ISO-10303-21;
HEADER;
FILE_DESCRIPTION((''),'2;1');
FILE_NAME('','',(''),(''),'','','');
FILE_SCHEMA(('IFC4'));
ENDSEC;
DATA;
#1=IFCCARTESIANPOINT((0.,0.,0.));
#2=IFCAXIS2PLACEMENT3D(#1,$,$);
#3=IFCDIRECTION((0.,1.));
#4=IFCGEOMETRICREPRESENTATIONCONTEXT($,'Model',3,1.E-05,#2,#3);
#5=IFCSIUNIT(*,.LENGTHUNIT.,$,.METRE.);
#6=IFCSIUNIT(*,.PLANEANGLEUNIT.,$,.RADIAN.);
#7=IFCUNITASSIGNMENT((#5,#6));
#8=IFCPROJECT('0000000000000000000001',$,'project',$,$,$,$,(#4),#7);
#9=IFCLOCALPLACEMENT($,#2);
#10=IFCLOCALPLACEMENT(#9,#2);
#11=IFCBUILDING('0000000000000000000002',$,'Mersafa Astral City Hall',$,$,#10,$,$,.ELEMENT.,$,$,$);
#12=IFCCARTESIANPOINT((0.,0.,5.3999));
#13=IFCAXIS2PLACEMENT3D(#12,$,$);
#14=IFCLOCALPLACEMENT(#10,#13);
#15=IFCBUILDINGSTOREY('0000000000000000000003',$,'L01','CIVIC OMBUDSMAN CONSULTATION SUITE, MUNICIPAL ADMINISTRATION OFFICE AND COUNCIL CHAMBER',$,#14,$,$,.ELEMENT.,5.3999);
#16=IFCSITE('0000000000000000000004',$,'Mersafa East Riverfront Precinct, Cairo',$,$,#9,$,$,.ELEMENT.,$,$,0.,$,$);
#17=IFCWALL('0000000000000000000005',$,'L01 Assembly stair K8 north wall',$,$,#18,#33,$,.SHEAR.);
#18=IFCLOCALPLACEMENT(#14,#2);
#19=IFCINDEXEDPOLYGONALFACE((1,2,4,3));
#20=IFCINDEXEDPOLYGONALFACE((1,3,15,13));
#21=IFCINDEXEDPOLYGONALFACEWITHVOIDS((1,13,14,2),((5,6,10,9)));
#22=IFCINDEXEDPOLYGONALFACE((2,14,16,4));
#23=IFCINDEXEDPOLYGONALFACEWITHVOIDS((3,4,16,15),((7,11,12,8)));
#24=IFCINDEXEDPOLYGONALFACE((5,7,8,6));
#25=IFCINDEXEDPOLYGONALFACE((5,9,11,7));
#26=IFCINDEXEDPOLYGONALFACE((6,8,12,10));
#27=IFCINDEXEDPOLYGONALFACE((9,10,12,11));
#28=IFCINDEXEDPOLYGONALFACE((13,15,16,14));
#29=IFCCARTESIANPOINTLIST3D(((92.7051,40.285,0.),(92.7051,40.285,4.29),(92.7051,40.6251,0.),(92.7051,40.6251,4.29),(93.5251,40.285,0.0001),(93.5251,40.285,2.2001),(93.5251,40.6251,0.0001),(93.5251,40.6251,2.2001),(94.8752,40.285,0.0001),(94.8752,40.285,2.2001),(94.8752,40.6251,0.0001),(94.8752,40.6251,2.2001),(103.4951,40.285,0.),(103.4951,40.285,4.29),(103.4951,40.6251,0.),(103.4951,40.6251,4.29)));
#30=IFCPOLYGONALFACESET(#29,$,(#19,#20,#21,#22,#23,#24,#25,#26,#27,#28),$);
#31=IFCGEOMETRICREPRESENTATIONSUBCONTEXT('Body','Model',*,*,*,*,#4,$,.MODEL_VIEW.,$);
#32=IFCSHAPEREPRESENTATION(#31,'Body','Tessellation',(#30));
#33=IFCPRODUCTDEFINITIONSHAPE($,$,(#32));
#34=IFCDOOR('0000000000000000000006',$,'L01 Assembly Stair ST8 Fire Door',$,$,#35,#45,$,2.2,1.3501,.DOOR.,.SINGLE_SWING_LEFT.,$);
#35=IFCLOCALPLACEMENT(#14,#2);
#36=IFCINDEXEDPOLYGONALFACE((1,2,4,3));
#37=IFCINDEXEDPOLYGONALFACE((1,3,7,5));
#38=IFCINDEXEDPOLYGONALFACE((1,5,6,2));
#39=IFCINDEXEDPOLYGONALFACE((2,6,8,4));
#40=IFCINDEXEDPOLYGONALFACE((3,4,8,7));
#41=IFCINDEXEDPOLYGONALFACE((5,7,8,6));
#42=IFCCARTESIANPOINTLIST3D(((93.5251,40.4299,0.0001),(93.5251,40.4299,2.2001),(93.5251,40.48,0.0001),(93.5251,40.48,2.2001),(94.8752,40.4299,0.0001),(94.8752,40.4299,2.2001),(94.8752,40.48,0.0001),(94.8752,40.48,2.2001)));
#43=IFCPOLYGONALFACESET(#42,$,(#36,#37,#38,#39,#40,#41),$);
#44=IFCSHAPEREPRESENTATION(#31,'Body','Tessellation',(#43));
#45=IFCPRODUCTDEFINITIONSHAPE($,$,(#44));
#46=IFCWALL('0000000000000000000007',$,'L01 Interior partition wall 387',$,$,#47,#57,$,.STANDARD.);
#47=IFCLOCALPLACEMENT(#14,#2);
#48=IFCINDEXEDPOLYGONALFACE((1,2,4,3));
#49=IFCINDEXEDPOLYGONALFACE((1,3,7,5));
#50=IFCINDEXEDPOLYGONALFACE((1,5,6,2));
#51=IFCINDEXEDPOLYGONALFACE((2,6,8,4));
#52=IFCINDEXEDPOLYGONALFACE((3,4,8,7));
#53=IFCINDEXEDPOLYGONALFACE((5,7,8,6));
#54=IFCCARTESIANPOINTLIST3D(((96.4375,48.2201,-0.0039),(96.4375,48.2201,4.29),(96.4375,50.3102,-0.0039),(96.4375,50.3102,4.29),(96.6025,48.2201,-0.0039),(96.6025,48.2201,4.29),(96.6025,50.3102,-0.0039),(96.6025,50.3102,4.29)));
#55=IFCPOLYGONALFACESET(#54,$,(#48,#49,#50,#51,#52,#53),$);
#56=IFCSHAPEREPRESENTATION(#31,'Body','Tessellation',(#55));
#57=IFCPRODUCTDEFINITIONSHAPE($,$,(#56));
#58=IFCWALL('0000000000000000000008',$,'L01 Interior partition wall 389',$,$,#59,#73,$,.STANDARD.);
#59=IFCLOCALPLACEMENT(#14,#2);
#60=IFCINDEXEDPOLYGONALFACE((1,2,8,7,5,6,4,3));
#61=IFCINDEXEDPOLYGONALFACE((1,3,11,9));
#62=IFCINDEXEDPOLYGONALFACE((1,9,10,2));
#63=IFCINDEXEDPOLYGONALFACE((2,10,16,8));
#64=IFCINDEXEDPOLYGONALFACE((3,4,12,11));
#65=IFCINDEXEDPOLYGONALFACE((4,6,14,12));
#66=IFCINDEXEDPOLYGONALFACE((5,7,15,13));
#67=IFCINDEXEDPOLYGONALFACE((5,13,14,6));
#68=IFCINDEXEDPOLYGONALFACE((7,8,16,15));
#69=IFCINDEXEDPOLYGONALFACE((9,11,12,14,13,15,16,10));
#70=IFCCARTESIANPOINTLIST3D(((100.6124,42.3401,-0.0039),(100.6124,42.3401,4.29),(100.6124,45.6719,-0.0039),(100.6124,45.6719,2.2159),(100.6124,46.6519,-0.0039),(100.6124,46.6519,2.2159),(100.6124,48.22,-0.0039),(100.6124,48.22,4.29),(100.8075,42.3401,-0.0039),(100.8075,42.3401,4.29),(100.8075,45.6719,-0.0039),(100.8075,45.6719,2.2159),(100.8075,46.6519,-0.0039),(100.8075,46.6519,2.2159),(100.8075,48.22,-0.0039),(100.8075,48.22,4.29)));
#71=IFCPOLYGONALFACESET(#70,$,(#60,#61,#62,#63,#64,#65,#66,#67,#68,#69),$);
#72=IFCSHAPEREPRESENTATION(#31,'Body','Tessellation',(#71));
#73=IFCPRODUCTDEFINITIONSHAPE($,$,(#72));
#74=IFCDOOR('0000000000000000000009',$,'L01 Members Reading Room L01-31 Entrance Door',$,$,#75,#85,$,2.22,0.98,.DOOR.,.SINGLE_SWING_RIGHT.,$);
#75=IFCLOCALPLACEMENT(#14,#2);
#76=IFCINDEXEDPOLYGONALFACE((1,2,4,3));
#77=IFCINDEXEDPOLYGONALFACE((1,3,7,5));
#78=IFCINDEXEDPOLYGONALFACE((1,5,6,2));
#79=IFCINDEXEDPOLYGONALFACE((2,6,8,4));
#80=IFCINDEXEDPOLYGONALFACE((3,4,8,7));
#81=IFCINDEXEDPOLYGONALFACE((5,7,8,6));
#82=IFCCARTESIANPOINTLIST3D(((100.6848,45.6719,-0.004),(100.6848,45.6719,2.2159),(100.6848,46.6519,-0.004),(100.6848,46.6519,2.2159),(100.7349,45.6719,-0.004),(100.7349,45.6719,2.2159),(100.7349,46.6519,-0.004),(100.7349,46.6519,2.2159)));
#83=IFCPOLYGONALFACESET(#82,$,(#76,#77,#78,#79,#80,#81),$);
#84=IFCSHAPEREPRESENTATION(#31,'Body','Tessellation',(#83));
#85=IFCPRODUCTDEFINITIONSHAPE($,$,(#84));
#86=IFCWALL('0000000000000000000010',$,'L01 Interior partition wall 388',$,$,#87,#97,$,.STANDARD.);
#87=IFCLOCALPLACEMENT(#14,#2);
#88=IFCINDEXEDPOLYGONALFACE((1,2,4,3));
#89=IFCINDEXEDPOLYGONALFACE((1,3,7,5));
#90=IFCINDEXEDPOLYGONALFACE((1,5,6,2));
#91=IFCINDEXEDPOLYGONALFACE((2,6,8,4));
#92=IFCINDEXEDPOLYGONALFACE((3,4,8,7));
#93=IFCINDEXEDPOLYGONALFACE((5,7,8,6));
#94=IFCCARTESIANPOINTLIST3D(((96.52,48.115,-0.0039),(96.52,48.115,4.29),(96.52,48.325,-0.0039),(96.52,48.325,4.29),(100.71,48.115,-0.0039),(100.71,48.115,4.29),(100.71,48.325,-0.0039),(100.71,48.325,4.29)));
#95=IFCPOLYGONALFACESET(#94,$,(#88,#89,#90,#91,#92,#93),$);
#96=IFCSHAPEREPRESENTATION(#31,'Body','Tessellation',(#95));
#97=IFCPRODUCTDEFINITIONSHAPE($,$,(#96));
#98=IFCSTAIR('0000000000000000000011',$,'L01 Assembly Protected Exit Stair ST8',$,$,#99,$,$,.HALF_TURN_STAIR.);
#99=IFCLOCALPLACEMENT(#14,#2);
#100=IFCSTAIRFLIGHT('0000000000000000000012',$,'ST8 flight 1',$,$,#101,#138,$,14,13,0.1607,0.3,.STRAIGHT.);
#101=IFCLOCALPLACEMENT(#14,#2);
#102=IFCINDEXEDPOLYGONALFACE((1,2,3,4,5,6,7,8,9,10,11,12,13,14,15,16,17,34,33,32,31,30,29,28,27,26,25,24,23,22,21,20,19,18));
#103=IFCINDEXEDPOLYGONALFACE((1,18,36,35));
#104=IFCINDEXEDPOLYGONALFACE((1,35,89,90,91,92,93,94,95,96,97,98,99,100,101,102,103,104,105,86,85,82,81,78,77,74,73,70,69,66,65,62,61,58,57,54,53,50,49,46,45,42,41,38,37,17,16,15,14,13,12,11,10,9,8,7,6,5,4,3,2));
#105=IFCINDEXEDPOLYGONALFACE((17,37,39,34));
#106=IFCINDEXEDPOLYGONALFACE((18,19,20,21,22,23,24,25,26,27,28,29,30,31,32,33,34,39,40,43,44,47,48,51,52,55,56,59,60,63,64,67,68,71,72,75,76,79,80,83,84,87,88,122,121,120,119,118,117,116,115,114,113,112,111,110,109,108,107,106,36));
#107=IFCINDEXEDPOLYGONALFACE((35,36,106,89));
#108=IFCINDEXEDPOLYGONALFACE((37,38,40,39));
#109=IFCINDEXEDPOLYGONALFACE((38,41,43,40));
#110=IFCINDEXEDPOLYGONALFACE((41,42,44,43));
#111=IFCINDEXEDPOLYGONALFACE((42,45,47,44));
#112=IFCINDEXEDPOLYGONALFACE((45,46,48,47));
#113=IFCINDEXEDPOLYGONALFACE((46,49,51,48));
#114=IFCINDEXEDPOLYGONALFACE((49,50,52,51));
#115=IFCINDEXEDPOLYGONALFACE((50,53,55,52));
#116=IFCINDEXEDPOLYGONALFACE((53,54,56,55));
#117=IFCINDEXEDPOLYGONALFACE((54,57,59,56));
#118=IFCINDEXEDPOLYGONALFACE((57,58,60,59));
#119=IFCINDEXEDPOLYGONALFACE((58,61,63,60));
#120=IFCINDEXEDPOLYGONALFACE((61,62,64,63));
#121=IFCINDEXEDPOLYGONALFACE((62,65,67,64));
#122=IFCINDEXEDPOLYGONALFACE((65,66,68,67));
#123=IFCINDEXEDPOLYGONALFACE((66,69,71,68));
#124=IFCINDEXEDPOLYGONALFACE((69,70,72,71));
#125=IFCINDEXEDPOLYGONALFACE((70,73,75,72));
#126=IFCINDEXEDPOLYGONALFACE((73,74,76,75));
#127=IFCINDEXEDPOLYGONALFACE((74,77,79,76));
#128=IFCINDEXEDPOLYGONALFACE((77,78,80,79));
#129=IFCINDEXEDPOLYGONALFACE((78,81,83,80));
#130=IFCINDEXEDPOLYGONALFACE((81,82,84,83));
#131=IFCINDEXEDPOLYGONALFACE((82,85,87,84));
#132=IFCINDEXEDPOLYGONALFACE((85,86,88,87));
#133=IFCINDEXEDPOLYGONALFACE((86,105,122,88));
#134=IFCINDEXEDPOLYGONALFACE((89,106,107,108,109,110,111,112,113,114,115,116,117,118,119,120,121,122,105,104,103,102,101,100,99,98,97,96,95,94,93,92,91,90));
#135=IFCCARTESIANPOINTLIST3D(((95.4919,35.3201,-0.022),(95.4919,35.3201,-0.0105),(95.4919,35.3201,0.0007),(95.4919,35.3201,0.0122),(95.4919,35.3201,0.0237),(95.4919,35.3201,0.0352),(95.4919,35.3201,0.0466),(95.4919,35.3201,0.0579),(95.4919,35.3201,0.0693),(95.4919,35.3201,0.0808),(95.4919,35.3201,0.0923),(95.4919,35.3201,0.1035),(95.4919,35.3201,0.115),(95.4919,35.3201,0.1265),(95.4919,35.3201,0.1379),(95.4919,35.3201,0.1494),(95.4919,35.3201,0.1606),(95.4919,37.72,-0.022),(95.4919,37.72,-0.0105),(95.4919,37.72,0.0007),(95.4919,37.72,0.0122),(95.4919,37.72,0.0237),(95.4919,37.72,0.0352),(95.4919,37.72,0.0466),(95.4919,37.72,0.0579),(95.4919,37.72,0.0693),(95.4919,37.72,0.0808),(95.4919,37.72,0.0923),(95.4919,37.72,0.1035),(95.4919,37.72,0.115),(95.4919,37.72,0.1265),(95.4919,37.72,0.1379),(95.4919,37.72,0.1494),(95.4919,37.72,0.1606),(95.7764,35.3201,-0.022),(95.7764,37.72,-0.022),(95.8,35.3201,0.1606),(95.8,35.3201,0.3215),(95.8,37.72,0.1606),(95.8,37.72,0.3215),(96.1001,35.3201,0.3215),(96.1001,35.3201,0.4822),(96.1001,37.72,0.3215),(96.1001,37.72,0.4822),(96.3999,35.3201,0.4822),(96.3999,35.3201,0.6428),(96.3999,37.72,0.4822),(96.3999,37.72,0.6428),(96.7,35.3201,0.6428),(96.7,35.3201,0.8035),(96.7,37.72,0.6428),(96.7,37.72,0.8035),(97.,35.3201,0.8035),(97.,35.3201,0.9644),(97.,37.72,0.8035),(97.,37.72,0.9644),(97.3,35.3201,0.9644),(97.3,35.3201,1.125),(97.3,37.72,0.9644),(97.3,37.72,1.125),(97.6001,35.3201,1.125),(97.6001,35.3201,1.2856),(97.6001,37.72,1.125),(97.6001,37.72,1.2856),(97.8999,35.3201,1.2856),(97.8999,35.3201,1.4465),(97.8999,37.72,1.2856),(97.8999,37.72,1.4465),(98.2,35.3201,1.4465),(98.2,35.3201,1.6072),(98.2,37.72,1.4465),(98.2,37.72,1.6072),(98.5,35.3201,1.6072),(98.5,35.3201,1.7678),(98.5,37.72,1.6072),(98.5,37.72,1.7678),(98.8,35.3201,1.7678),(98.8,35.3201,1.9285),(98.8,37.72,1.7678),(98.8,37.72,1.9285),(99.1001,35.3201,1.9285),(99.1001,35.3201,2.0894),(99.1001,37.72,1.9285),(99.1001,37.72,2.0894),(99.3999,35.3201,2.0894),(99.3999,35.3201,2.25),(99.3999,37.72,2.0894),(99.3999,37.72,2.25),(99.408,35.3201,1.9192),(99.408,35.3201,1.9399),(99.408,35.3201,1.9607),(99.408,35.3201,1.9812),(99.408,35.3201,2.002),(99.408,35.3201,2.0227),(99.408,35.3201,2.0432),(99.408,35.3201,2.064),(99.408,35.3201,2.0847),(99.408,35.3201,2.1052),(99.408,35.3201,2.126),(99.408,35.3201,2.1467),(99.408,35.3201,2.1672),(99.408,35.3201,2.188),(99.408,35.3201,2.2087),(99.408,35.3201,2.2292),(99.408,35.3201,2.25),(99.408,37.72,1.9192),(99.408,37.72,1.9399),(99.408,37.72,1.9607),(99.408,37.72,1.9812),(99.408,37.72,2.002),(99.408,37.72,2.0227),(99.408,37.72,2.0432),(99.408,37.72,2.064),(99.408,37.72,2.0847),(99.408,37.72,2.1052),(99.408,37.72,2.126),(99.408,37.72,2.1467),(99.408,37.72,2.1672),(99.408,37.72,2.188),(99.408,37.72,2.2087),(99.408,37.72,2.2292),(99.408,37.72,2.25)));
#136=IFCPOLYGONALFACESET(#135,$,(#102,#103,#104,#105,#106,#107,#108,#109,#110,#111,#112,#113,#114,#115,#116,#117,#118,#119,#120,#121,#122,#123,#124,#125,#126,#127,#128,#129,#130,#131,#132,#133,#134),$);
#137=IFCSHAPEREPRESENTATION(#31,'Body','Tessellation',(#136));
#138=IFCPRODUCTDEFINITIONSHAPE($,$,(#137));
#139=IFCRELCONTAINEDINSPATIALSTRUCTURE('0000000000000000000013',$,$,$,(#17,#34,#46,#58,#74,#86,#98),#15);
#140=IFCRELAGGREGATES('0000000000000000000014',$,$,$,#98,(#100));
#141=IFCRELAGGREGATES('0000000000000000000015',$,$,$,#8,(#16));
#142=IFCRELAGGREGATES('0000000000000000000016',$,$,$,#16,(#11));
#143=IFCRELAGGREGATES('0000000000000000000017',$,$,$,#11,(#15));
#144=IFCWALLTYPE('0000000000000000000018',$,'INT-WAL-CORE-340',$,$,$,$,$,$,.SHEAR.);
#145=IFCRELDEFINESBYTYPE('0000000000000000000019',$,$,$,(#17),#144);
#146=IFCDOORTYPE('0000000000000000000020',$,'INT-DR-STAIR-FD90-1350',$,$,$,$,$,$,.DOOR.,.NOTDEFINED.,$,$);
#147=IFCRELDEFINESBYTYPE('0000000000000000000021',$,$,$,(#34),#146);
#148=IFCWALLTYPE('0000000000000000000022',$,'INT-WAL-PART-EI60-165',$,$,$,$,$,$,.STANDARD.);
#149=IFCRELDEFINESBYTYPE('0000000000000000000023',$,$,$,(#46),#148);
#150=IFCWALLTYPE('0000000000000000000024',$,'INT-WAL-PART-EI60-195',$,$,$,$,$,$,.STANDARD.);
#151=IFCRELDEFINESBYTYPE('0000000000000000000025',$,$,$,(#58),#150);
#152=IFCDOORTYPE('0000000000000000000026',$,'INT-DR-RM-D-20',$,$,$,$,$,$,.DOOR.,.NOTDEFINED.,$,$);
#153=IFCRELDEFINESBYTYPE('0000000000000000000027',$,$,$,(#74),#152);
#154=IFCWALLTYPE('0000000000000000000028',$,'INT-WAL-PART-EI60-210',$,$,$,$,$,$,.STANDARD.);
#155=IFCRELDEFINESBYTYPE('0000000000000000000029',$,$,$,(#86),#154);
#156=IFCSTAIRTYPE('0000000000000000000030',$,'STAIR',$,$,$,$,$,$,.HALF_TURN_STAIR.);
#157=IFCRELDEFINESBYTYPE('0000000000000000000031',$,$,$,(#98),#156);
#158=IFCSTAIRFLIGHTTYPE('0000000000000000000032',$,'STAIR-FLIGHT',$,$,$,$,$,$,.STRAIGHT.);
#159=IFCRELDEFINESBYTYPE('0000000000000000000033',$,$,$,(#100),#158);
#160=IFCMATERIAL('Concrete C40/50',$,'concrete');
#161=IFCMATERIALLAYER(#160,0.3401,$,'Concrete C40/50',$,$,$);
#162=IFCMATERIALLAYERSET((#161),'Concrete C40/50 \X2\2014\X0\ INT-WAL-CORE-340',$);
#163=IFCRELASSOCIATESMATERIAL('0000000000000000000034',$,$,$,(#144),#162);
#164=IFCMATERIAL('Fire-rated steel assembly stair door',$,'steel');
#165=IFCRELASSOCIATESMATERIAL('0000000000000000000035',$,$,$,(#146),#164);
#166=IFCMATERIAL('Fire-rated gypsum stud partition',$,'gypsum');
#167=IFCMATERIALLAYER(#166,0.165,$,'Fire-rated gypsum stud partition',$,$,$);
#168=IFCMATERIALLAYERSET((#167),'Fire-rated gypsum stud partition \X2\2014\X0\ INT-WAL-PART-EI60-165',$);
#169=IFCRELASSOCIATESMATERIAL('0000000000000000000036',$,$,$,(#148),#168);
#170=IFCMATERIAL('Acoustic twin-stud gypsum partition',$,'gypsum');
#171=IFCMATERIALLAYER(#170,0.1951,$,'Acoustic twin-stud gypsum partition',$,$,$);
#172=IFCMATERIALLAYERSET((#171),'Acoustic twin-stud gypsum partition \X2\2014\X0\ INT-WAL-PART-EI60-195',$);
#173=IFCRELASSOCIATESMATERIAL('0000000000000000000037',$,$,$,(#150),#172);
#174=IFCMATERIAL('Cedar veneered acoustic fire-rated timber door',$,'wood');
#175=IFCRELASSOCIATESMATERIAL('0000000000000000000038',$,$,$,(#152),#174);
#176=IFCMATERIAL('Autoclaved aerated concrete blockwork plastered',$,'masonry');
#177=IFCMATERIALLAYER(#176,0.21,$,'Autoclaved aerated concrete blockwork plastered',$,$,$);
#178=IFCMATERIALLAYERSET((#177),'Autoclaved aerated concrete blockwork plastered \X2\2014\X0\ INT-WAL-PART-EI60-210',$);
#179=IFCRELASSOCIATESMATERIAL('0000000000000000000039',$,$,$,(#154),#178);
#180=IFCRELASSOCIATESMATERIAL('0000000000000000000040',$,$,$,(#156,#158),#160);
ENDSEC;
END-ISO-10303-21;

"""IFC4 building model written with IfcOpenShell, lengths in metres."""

from ifc_helpers import new_model, si_unit, direction, frame, frame_2d, origin, place, context, subcontext, project, spatial, polyline, rectangle, outline, extrude, material, layer, layer_set, type_object, element, fill, aggregate, save


model = new_model("IFC4")

# Units and contexts
model_context = context("Model", 3, precision=1e-05, world=origin(), true_north=direction((0.0, 1.0)))
body_context = subcontext(model_context, "Body", "Model", "MODEL_VIEW")
ifc_project = project(units=[si_unit("LENGTHUNIT", "METRE"), si_unit("PLANEANGLEUNIT", "RADIAN")], contexts=[model_context])

# Site, building, storey
site_placement = place(None, origin())
site = spatial("IfcSite", under=ifc_project, at=site_placement, Name="Mersafa East Riverfront Precinct, Cairo", CompositionType="ELEMENT", RefElevation=0.0)
building_placement = place(site_placement, origin())
building = spatial("IfcBuilding", under=site, at=building_placement, Name="Mersafa Astral City Hall", CompositionType="ELEMENT")
storey_placement = place(building_placement, frame((0.0, 0.0, 5.3999)))
storey = spatial("IfcBuildingStorey", under=building, at=storey_placement, Name="L01", Description="CIVIC OMBUDSMAN CONSULTATION SUITE, MUNICIPAL ADMINISTRATION OFFICE AND COUNCIL CHAMBER", CompositionType="ELEMENT", Elevation=5.3999)

# Wall, opening, door
ifc_material_1 = material(Name="Concrete C40/50", Category="concrete")
ifc_layer_1 = layer(ifc_material_1, 0.3401, Name="Concrete C40/50")
ifc_layer_set_1 = layer_set([ifc_layer_1], Name="Concrete C40/50 — INT-WAL-CORE-340")
wall_type_1 = type_object("IfcWallType", Name="INT-WAL-CORE-340", PredefinedType="SHEAR", material=ifc_layer_set_1)
wall_1_placement = place(storey_placement, frame((92.7051, 40.4551, 0.0), z_axis=(0.0, 0.0, 1.0), x_axis=(1.0, 0.0, 0.0)))
wall_1 = element("IfcWall", 1, at=wall_1_placement, inside=storey, type_object=wall_type_1, Name="L01 Assembly stair K8 north wall", PredefinedType="SHEAR", context=body_context, shape_type="SweptSolid", body=[
    extrude(rectangle(XDim=10.79, YDim=0.3401, at=frame_2d((5.395, 0.0))), origin(), (0.0, 0.0, 1.0), 4.29),
])
opening_1_placement = place(wall_1_placement, frame((0.8201, 0.0, 0.0)))
opening_1 = element("IfcOpeningElement", 2, at=opening_1_placement, cuts=wall_1, PredefinedType="OPENING", context=body_context, shape_type="SweptSolid", body=[
    extrude(rectangle(XDim=1.3501, YDim=2.2, at=frame_2d((0.675, 1.1001))), frame((0.0, 0.1799, 0.0), z_axis=(0.0, -1.0, 0.0), x_axis=(1.0, 0.0, 0.0)), (0.0, 0.0, 1.0), 0.3601),
])
ifc_material_2 = material(Name="Fire-rated steel assembly stair door", Category="steel")
door_type_1 = type_object("IfcDoorType", Name="INT-DR-STAIR-FD90-1350", OperationType="NOTDEFINED", PredefinedType="DOOR", material=ifc_material_2)
door_1_placement = place(opening_1_placement, origin())
door_1 = element("IfcDoor", 3, at=door_1_placement, inside=storey, type_object=door_type_1, Name="L01 Assembly Stair ST8 Fire Door", OperationType="SINGLE_SWING_LEFT", OverallHeight=2.2, OverallWidth=1.3501, PredefinedType="DOOR", context=body_context, shape_type="SweptSolid", body=[
    extrude(rectangle(XDim=1.3501, YDim=2.2, at=frame_2d((0.675, 1.1001))), frame((0.0, 0.0249, 0.0), z_axis=(0.0, -1.0, 0.0), x_axis=(1.0, 0.0, 0.0)), (0.0, 0.0, 1.0), 0.05),
])
fill(opening_1, door_1)

# Wall
ifc_material_3 = material(Name="Fire-rated gypsum stud partition", Category="gypsum")
ifc_layer_2 = layer(ifc_material_3, 0.165, Name="Fire-rated gypsum stud partition")
ifc_layer_set_2 = layer_set([ifc_layer_2], Name="Fire-rated gypsum stud partition — INT-WAL-PART-EI60-165")
wall_type_2 = type_object("IfcWallType", Name="INT-WAL-PART-EI60-165", PredefinedType="STANDARD", material=ifc_layer_set_2)
wall_2_placement = place(storey_placement, frame((96.52, 50.3101, -0.0039), z_axis=(0.0, 0.0, 1.0), x_axis=(0.0, -1.0, 0.0)))
element("IfcWall", 4, at=wall_2_placement, inside=storey, type_object=wall_type_2, Name="L01 Interior partition wall 387", PredefinedType="STANDARD", context=body_context, shape_type="SweptSolid", body=[
    extrude(rectangle(XDim=2.0901, YDim=0.165, at=frame_2d((1.0449, 0.0))), origin(), (0.0, 0.0, 1.0), 4.2939),
])

# Wall, opening, door
ifc_material_4 = material(Name="Acoustic twin-stud gypsum partition", Category="gypsum")
ifc_layer_3 = layer(ifc_material_4, 0.1951, Name="Acoustic twin-stud gypsum partition")
ifc_layer_set_3 = layer_set([ifc_layer_3], Name="Acoustic twin-stud gypsum partition — INT-WAL-PART-EI60-195")
wall_type_3 = type_object("IfcWallType", Name="INT-WAL-PART-EI60-195", PredefinedType="STANDARD", material=ifc_layer_set_3)
wall_3_placement = place(storey_placement, frame((100.71, 48.22, -0.0039), z_axis=(0.0, 0.0, 1.0), x_axis=(0.0, -1.0, 0.0)))
wall_3 = element("IfcWall", 5, at=wall_3_placement, inside=storey, type_object=wall_type_3, Name="L01 Interior partition wall 389", PredefinedType="STANDARD", context=body_context, shape_type="SweptSolid", body=[
    extrude(rectangle(XDim=5.8799, YDim=0.1951, at=frame_2d((2.9399, 0.0))), origin(), (0.0, 0.0, 1.0), 4.2939),
])
opening_2_placement = place(wall_3_placement, frame((1.5681, 0.0, 0.0)))
opening_2 = element("IfcOpeningElement", 6, at=opening_2_placement, cuts=wall_3, PredefinedType="OPENING", context=body_context, shape_type="SweptSolid", body=[
    extrude(rectangle(XDim=0.98, YDim=2.22, at=frame_2d((0.49, 1.1099))), frame((0.0, 0.1074, 0.0), z_axis=(0.0, -1.0, 0.0), x_axis=(1.0, 0.0, 0.0)), (0.0, 0.0, 1.0), 0.2151),
])
ifc_material_5 = material(Name="Cedar veneered acoustic fire-rated timber door", Category="wood")
door_type_2 = type_object("IfcDoorType", Name="INT-DR-RM-D-20", OperationType="NOTDEFINED", PredefinedType="DOOR", material=ifc_material_5)
door_2_placement = place(opening_2_placement, origin())
door_2 = element("IfcDoor", 7, at=door_2_placement, inside=storey, type_object=door_type_2, Name="L01 Members Reading Room L01-31 Entrance Door", OperationType="SINGLE_SWING_RIGHT", OverallHeight=2.22, OverallWidth=0.98, PredefinedType="DOOR", context=body_context, shape_type="SweptSolid", body=[
    extrude(rectangle(XDim=0.98, YDim=2.22, at=frame_2d((0.49, 1.1099))), frame((0.0, 0.0249, 0.0), z_axis=(0.0, -1.0, 0.0), x_axis=(1.0, 0.0, 0.0)), (0.0, 0.0, 1.0), 0.05),
])
fill(opening_2, door_2)

# Wall
ifc_material_6 = material(Name="Autoclaved aerated concrete blockwork plastered", Category="masonry")
ifc_layer_4 = layer(ifc_material_6, 0.21, Name="Autoclaved aerated concrete blockwork plastered")
ifc_layer_set_4 = layer_set([ifc_layer_4], Name="Autoclaved aerated concrete blockwork plastered — INT-WAL-PART-EI60-210")
wall_type_4 = type_object("IfcWallType", Name="INT-WAL-PART-EI60-210", PredefinedType="STANDARD", material=ifc_layer_set_4)
wall_4_placement = place(storey_placement, frame((96.52, 48.22, -0.0039), z_axis=(0.0, 0.0, 1.0), x_axis=(1.0, 0.0, 0.0)))
element("IfcWall", 8, at=wall_4_placement, inside=storey, type_object=wall_type_4, Name="L01 Interior partition wall 388", PredefinedType="STANDARD", context=body_context, shape_type="SweptSolid", body=[
    extrude(rectangle(XDim=4.1899, YDim=0.21, at=frame_2d((2.095, 0.0))), origin(), (0.0, 0.0, 1.0), 4.2939),
])

# Stair, stair flight
stair_type = type_object("IfcStairType", Name="STAIR", PredefinedType="HALF_TURN_STAIR", material=ifc_material_1)
stair_placement = place(storey_placement, origin())
stair = element("IfcStair", 9, at=stair_placement, inside=storey, type_object=stair_type, Name="L01 Assembly Protected Exit Stair ST8", PredefinedType="HALF_TURN_STAIR")
stair_flight_type = type_object("IfcStairFlightType", Name="STAIR-FLIGHT", PredefinedType="STRAIGHT", material=ifc_material_1)
stair_flight_1_placement = place(storey_placement, frame((95.5, 36.52, 0.0), z_axis=(0.0, 0.0, 1.0), x_axis=(1.0, 0.0, 0.0)))
stair_flight_1 = element("IfcStairFlight", 10, at=stair_flight_1_placement, type_object=stair_flight_type, Name="ST8 flight 1", NumberOfRisers=14, NumberOfTreads=13, PredefinedType="STRAIGHT", RiserHeight=0.1607, TreadLength=0.3, context=body_context, shape_type="SweptSolid", body=[
    extrude(outline(polyline([(-0.0081, -0.022), (-0.0081, -0.0105), (-0.0081, 0.0007), (-0.0081, 0.0122), (-0.0081, 0.0237), (-0.0081, 0.0352), (-0.0081, 0.0466), (-0.0081, 0.0579), (-0.0081, 0.0693), (-0.0081, 0.0808), (-0.0081, 0.0923), (-0.0081, 0.1035), (-0.0081, 0.115), (-0.0081, 0.1265), (-0.0081, 0.1379), (-0.0081, 0.1494), (-0.0081, 0.1606), (0.3, 0.1606), (0.3, 0.3215), (0.6001, 0.3215), (0.6001, 0.4822), (0.8999, 0.4822), (0.8999, 0.6428), (1.2, 0.6428), (1.2, 0.8035), (1.5, 0.8035), (1.5, 0.9644), (1.8, 0.9644), (1.8, 1.125), (2.1001, 1.125), (2.1001, 1.2856), (2.3999, 1.2856), (2.3999, 1.4465), (2.7, 1.4465), (2.7, 1.6072), (3.0, 1.6072), (3.0, 1.7678), (3.3, 1.7678), (3.3, 1.9285), (3.6001, 1.9285), (3.6001, 2.0894), (3.8999, 2.0894), (3.8999, 2.25), (3.908, 2.25), (3.908, 2.2292), (3.908, 2.2087), (3.908, 2.188), (3.908, 2.1672), (3.908, 2.1467), (3.908, 2.126), (3.908, 2.1052), (3.908, 2.0847), (3.908, 2.064), (3.908, 2.0432), (3.908, 2.0227), (3.908, 2.002), (3.908, 1.9812), (3.908, 1.9607), (3.908, 1.9399), (3.908, 1.9192), (0.2764, -0.022), (-0.0081, -0.022)])), frame((0.0, 1.2, 0.0), z_axis=(0.0, -1.0, 0.0), x_axis=(1.0, 0.0, 0.0)), (0.0, 0.0, 1.0), 2.3999),
])
aggregate(stair, [stair_flight_1])

save(model, "model.ifc")
